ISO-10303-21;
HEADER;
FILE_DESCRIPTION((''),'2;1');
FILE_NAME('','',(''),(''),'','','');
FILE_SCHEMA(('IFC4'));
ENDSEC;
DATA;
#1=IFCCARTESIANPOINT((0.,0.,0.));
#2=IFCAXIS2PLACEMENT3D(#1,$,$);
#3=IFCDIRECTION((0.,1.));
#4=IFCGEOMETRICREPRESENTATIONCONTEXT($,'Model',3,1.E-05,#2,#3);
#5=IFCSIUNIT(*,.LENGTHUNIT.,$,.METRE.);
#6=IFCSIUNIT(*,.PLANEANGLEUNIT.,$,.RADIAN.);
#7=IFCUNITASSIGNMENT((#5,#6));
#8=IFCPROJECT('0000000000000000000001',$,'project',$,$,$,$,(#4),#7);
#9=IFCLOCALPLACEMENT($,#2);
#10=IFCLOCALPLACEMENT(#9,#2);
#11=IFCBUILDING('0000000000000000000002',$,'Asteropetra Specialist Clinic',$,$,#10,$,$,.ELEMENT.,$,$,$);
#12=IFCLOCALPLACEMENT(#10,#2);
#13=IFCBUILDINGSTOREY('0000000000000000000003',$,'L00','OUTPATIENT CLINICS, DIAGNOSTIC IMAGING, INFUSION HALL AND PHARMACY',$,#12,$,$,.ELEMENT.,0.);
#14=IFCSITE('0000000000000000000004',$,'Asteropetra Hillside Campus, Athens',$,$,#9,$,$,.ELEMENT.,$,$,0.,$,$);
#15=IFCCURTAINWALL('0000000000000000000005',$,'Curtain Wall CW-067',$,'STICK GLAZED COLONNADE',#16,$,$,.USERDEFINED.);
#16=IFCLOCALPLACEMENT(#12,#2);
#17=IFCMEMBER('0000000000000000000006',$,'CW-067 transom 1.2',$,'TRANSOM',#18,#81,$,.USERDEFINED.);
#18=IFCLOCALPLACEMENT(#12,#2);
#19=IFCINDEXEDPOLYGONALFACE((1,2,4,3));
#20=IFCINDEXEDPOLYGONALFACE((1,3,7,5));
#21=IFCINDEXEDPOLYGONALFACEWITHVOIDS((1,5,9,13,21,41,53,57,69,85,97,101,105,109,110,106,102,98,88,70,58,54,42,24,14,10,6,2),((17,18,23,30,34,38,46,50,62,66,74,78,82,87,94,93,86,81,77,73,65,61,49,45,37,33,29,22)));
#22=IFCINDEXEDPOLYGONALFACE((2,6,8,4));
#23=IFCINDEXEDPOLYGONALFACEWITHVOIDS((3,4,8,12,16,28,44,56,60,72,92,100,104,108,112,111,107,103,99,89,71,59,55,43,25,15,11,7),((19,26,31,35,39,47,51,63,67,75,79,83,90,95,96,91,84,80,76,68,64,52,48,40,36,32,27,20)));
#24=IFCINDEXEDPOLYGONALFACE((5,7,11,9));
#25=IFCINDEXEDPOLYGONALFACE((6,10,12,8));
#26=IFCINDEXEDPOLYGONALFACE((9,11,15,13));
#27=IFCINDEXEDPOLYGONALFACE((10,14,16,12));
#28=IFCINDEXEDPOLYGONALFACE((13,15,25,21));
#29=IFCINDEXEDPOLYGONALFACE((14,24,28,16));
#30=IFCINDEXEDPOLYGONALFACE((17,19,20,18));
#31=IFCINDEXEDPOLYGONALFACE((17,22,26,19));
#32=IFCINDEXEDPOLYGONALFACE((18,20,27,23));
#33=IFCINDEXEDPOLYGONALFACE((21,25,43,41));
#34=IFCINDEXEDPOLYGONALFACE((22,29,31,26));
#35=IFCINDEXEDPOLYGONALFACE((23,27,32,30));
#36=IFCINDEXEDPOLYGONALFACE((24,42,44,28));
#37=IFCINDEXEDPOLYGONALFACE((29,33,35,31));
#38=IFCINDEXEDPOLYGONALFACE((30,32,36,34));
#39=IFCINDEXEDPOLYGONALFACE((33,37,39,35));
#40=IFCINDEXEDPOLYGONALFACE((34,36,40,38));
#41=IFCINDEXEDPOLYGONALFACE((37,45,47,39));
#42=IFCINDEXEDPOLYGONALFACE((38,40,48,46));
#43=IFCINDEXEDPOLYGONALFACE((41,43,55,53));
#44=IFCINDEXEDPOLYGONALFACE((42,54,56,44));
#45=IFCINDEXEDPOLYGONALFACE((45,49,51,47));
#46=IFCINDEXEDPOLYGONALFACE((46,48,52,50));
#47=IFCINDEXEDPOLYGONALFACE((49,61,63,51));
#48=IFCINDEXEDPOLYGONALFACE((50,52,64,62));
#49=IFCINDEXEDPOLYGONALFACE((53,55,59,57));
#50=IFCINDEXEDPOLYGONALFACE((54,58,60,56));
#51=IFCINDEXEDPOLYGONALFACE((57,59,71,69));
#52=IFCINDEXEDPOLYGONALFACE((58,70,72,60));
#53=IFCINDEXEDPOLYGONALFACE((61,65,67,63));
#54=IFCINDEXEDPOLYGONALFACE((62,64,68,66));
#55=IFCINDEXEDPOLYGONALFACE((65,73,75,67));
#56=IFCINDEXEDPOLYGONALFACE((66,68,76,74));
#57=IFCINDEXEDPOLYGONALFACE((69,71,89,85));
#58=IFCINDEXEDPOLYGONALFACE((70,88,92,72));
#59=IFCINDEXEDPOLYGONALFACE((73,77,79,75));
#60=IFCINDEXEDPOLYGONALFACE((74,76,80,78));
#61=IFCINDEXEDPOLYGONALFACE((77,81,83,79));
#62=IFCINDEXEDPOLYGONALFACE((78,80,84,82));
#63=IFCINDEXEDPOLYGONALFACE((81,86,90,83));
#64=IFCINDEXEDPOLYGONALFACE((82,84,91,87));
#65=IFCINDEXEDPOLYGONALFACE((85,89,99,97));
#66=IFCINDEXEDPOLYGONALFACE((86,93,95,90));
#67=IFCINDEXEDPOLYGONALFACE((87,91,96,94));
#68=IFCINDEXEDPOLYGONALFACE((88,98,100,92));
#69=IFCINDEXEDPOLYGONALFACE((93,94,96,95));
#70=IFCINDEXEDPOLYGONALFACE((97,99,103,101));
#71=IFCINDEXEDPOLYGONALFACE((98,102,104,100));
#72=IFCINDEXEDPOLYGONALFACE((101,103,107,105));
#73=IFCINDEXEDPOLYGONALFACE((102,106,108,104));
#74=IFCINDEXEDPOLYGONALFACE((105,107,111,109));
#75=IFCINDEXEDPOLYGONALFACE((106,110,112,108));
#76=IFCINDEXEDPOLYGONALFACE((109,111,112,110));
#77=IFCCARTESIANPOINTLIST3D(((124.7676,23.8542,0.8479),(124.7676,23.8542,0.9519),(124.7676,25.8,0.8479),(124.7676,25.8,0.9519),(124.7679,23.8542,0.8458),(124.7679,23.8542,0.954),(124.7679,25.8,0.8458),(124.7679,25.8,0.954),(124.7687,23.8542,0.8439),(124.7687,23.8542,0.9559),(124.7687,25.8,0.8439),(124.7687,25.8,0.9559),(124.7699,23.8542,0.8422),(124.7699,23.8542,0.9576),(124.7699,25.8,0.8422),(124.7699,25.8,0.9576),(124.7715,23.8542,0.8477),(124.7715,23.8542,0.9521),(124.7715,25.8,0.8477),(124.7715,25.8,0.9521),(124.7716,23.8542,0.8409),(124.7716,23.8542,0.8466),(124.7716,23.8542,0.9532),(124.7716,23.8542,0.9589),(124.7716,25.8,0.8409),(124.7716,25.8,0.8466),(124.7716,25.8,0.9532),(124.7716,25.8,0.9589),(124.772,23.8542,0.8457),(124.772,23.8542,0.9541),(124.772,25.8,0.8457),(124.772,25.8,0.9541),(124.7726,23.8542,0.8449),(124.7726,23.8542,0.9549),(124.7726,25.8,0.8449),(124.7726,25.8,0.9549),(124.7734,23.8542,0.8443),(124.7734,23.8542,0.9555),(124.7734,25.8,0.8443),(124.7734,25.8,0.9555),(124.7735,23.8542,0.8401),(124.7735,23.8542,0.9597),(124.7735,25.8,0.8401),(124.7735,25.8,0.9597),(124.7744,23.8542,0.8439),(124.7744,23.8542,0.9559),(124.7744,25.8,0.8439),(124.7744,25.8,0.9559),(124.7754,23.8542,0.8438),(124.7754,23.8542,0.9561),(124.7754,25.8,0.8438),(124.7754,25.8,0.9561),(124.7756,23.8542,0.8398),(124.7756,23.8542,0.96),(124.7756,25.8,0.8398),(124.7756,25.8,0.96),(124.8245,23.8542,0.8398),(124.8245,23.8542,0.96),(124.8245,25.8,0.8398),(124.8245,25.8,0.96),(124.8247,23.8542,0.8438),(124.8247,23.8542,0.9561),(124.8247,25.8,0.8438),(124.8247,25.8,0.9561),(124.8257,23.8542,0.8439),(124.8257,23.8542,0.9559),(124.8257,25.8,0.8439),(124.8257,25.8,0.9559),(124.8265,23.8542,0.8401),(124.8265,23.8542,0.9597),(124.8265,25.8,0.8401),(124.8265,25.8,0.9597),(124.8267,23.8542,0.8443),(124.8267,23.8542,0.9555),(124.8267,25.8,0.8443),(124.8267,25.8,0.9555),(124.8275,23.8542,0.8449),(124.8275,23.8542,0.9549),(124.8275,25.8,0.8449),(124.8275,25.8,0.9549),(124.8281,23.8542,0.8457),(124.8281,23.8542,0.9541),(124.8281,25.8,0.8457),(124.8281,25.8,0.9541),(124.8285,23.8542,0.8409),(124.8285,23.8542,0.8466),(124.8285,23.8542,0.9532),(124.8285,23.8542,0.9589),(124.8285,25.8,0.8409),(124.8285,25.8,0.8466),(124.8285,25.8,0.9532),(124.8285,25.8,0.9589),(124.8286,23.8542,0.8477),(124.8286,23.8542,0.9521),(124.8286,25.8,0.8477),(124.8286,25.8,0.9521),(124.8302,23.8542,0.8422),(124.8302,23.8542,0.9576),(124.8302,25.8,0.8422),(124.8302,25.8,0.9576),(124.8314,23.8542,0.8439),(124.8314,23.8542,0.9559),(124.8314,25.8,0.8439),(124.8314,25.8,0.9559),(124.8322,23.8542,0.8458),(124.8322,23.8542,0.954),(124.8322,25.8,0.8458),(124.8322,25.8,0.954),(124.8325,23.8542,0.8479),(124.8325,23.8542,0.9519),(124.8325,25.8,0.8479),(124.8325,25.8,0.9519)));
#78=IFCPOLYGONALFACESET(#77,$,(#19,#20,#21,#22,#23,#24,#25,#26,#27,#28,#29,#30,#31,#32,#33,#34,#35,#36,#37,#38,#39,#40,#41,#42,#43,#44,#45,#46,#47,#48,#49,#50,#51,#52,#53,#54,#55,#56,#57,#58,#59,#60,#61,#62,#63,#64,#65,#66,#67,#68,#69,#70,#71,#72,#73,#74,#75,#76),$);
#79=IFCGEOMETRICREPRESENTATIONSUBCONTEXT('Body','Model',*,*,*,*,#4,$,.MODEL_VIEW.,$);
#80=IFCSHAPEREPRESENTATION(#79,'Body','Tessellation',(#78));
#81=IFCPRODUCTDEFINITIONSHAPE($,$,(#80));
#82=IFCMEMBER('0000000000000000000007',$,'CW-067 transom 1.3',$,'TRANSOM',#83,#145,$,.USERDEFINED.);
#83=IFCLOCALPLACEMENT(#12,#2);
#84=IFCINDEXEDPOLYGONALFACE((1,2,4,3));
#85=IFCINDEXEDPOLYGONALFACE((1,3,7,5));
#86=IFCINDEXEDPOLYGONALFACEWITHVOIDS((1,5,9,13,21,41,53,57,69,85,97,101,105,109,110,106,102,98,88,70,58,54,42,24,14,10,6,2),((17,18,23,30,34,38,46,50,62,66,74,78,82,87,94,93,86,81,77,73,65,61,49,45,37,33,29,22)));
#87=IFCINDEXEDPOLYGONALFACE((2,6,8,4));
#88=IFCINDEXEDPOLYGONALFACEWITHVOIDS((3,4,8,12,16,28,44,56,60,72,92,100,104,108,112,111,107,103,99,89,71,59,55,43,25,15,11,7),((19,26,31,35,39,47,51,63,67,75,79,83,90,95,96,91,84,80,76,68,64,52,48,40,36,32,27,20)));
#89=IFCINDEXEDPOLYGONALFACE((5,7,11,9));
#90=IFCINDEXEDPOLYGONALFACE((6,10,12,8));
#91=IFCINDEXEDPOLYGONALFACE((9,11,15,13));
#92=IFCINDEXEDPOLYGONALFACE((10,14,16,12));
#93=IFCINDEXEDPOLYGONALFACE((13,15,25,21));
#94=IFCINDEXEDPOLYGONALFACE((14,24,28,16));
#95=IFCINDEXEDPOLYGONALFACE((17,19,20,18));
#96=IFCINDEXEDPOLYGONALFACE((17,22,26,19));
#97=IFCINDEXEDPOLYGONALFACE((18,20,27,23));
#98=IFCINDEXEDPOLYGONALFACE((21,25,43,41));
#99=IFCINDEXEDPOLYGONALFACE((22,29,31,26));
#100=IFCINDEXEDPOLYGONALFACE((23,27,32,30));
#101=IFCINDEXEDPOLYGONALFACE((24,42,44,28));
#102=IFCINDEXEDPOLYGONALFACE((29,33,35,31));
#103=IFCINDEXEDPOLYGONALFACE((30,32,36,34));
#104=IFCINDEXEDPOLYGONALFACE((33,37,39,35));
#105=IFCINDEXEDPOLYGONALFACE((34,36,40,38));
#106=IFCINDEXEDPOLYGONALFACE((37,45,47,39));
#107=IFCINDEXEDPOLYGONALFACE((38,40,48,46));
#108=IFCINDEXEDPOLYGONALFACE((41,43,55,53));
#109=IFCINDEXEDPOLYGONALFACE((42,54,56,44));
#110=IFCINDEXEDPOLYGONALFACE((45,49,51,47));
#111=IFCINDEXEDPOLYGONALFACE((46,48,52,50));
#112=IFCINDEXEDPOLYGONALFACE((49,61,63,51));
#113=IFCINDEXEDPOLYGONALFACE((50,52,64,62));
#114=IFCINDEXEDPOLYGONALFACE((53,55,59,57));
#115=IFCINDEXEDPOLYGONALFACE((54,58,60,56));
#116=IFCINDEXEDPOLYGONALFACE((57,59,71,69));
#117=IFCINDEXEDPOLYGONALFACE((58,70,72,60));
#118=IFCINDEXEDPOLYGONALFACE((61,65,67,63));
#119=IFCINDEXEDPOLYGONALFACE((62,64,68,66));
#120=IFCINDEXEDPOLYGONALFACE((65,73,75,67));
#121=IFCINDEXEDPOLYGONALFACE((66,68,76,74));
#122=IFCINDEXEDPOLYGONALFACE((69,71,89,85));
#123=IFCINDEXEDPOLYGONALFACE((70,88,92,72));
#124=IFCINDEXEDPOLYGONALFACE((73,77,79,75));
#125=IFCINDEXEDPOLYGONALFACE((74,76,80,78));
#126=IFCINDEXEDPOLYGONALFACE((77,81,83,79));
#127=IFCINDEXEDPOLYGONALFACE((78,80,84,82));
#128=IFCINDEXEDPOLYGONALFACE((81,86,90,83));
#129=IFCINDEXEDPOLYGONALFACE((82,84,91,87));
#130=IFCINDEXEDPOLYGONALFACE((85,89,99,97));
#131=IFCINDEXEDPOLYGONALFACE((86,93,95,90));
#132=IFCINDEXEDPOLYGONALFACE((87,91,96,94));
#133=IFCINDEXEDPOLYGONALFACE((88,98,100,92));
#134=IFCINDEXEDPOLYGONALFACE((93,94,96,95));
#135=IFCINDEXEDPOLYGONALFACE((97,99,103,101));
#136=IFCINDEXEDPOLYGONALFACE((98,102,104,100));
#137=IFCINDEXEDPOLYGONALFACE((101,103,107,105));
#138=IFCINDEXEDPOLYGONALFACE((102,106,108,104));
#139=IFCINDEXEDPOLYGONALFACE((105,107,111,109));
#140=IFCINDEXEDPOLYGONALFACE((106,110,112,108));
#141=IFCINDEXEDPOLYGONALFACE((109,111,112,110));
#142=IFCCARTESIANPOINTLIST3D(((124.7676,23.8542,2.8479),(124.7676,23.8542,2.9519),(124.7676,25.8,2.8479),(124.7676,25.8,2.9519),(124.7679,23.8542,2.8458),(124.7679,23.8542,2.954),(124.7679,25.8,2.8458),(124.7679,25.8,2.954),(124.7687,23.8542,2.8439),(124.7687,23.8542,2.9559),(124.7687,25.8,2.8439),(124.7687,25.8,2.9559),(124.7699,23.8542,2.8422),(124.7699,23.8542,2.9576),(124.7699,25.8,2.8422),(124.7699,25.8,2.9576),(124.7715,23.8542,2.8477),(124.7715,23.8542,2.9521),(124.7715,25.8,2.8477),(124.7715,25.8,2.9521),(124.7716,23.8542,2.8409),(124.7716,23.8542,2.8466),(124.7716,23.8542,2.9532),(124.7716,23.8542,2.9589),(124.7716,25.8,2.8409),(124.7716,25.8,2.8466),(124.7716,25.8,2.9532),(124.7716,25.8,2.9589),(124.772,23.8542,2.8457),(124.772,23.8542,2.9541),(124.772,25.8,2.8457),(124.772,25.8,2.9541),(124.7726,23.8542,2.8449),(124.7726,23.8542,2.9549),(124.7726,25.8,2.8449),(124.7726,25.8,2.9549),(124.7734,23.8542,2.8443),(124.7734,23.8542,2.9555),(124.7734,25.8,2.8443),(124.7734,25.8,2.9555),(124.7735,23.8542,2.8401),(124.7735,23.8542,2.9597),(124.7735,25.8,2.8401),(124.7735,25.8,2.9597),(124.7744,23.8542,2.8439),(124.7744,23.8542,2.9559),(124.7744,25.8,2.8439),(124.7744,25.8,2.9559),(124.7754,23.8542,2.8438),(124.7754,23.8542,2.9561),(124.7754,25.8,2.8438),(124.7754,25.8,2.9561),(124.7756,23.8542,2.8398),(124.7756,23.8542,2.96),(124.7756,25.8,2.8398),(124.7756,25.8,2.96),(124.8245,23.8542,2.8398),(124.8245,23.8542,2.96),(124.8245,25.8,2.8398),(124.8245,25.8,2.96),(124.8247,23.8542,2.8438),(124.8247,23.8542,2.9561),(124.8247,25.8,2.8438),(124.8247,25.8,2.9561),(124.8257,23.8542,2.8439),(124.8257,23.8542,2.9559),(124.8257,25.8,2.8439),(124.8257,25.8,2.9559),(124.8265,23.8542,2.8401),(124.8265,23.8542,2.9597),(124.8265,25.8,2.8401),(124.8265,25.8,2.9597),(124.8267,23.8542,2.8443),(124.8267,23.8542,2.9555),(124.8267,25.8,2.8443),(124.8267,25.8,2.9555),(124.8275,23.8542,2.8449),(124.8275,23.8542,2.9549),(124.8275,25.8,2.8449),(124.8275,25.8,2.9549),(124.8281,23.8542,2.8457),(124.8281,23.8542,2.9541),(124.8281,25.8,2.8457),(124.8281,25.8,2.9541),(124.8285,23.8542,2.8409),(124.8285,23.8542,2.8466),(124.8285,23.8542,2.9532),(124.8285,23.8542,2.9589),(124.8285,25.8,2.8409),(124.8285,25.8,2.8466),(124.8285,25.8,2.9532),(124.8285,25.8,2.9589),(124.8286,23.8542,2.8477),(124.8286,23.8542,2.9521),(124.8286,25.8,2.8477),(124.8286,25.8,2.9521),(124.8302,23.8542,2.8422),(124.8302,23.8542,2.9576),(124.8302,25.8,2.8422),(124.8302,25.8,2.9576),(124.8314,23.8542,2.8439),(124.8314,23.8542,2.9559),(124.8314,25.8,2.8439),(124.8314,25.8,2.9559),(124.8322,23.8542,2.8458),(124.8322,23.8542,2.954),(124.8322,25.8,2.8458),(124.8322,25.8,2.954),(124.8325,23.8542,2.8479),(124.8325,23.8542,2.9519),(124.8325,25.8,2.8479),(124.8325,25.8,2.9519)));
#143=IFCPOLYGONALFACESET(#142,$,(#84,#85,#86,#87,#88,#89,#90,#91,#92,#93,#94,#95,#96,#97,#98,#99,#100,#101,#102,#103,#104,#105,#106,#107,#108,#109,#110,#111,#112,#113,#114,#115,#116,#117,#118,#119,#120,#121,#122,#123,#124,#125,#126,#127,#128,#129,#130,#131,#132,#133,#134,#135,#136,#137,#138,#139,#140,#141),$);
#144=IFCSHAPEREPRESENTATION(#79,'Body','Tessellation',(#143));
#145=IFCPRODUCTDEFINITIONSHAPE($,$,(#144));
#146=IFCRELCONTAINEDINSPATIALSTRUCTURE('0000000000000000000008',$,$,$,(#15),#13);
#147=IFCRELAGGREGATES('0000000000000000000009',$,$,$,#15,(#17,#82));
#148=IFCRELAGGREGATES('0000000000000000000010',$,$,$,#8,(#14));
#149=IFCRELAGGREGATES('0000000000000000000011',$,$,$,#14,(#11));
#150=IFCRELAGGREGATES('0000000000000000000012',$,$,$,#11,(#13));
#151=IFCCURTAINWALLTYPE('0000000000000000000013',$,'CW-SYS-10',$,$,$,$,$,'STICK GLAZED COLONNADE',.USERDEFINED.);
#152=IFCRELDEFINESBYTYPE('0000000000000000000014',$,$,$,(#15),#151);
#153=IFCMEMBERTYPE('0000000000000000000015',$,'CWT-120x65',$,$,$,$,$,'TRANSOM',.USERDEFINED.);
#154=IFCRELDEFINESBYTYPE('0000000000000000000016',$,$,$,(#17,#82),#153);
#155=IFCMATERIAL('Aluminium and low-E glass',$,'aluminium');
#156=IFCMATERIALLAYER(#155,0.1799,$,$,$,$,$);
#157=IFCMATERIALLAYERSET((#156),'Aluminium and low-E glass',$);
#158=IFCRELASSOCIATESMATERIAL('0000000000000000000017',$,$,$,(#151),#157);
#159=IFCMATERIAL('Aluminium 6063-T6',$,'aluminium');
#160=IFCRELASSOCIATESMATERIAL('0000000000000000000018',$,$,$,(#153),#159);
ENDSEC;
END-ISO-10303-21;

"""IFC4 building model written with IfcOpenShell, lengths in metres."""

from ifc_helpers import new_model, si_unit, direction, frame, origin, origin_2d, place, context, subcontext, project, spatial, hollow_rectangle, extrude, material, layer, layer_set, material_profile, profile_set, type_object, element, aggregate, save


model = new_model("IFC4")

# Units and contexts
model_context = context("Model", 3, precision=1e-05, world=origin(), true_north=direction((0.0, 1.0)))
body_context = subcontext(model_context, "Body", "Model", "MODEL_VIEW")
ifc_project = project(units=[si_unit("LENGTHUNIT", "METRE"), si_unit("PLANEANGLEUNIT", "RADIAN")], contexts=[model_context])

# Site, building, storey
site_placement = place(None, origin())
site = spatial("IfcSite", under=ifc_project, at=site_placement, Name="Asteropetra Hillside Campus, Athens", CompositionType="ELEMENT", RefElevation=0.0)
building_placement = place(site_placement, origin())
building = spatial("IfcBuilding", under=site, at=building_placement, Name="Asteropetra Specialist Clinic", CompositionType="ELEMENT")
storey_placement = place(building_placement, origin())
storey = spatial("IfcBuildingStorey", under=building, at=storey_placement, Name="L00", Description="OUTPATIENT CLINICS, DIAGNOSTIC IMAGING, INFUSION HALL AND PHARMACY", CompositionType="ELEMENT", Elevation=0.0)

# Curtain wall
ifc_material_1 = material(Name="Aluminium and low-E glass", Category="aluminium")
ifc_layer_1 = layer(ifc_material_1, 0.1799)
ifc_layer_set_1 = layer_set([ifc_layer_1], Name="Aluminium and low-E glass")
curtain_wall_type_1 = type_object("IfcCurtainWallType", Name="CW-SYS-10", ElementType="STICK GLAZED COLONNADE", PredefinedType="USERDEFINED", material=ifc_layer_set_1)
curtain_wall_1_placement = place(storey_placement, origin())
curtain_wall_1 = element("IfcCurtainWall", 1, at=curtain_wall_1_placement, inside=storey, type_object=curtain_wall_type_1, Name="Curtain Wall CW-067", ObjectType="STICK GLAZED COLONNADE", PredefinedType="USERDEFINED")

# Members
ifc_material_2 = material(Name="Aluminium 6063-T6", Category="aluminium")
ifc_material_profile_1 = material_profile(ifc_material_2, hollow_rectangle(XDim=0.0649, YDim=0.1201, WallThickness=0.0039, InnerFilletRadius=0.0039, OuterFilletRadius=0.0081, at=origin_2d()), Name="TRN 120x65x4.0")
ifc_profile_set_1 = profile_set([ifc_material_profile_1], Name="Aluminium 6063-T6")
member_type_1 = type_object("IfcMemberType", Name="CWT-120x65", ElementType="TRANSOM", PredefinedType="USERDEFINED", material=ifc_profile_set_1)
member_1_placement = place(storey_placement, frame((124.8, 25.8, 0.8999), z_axis=(0.0, -1.0, 0.0), x_axis=(1.0, 0.0, 0.0)))
member_1 = element("IfcMember", 2, at=member_1_placement, type_object=member_type_1, Name="CW-067 transom 1.2", ObjectType="TRANSOM", PredefinedType="USERDEFINED", context=body_context, shape_type="SweptSolid", body=[
    extrude(hollow_rectangle(XDim=0.0649, YDim=0.1201, WallThickness=0.0039, InnerFilletRadius=0.0039, OuterFilletRadius=0.0081, at=origin_2d()), origin(), (0.0, 0.0, 1.0), 1.9458),
])
member_2_placement = place(storey_placement, frame((124.8, 25.8, 2.8999), z_axis=(0.0, -1.0, 0.0), x_axis=(1.0, 0.0, 0.0)))
member_2 = element("IfcMember", 3, at=member_2_placement, type_object=member_type_1, Name="CW-067 transom 1.3", ObjectType="TRANSOM", PredefinedType="USERDEFINED", context=body_context, shape_type="SweptSolid", body=[
    extrude(hollow_rectangle(XDim=0.0649, YDim=0.1201, WallThickness=0.0039, InnerFilletRadius=0.0039, OuterFilletRadius=0.0081, at=origin_2d()), origin(), (0.0, 0.0, 1.0), 1.9458),
])

aggregate(curtain_wall_1, [member_1, member_2])

save(model, "model.ifc")
